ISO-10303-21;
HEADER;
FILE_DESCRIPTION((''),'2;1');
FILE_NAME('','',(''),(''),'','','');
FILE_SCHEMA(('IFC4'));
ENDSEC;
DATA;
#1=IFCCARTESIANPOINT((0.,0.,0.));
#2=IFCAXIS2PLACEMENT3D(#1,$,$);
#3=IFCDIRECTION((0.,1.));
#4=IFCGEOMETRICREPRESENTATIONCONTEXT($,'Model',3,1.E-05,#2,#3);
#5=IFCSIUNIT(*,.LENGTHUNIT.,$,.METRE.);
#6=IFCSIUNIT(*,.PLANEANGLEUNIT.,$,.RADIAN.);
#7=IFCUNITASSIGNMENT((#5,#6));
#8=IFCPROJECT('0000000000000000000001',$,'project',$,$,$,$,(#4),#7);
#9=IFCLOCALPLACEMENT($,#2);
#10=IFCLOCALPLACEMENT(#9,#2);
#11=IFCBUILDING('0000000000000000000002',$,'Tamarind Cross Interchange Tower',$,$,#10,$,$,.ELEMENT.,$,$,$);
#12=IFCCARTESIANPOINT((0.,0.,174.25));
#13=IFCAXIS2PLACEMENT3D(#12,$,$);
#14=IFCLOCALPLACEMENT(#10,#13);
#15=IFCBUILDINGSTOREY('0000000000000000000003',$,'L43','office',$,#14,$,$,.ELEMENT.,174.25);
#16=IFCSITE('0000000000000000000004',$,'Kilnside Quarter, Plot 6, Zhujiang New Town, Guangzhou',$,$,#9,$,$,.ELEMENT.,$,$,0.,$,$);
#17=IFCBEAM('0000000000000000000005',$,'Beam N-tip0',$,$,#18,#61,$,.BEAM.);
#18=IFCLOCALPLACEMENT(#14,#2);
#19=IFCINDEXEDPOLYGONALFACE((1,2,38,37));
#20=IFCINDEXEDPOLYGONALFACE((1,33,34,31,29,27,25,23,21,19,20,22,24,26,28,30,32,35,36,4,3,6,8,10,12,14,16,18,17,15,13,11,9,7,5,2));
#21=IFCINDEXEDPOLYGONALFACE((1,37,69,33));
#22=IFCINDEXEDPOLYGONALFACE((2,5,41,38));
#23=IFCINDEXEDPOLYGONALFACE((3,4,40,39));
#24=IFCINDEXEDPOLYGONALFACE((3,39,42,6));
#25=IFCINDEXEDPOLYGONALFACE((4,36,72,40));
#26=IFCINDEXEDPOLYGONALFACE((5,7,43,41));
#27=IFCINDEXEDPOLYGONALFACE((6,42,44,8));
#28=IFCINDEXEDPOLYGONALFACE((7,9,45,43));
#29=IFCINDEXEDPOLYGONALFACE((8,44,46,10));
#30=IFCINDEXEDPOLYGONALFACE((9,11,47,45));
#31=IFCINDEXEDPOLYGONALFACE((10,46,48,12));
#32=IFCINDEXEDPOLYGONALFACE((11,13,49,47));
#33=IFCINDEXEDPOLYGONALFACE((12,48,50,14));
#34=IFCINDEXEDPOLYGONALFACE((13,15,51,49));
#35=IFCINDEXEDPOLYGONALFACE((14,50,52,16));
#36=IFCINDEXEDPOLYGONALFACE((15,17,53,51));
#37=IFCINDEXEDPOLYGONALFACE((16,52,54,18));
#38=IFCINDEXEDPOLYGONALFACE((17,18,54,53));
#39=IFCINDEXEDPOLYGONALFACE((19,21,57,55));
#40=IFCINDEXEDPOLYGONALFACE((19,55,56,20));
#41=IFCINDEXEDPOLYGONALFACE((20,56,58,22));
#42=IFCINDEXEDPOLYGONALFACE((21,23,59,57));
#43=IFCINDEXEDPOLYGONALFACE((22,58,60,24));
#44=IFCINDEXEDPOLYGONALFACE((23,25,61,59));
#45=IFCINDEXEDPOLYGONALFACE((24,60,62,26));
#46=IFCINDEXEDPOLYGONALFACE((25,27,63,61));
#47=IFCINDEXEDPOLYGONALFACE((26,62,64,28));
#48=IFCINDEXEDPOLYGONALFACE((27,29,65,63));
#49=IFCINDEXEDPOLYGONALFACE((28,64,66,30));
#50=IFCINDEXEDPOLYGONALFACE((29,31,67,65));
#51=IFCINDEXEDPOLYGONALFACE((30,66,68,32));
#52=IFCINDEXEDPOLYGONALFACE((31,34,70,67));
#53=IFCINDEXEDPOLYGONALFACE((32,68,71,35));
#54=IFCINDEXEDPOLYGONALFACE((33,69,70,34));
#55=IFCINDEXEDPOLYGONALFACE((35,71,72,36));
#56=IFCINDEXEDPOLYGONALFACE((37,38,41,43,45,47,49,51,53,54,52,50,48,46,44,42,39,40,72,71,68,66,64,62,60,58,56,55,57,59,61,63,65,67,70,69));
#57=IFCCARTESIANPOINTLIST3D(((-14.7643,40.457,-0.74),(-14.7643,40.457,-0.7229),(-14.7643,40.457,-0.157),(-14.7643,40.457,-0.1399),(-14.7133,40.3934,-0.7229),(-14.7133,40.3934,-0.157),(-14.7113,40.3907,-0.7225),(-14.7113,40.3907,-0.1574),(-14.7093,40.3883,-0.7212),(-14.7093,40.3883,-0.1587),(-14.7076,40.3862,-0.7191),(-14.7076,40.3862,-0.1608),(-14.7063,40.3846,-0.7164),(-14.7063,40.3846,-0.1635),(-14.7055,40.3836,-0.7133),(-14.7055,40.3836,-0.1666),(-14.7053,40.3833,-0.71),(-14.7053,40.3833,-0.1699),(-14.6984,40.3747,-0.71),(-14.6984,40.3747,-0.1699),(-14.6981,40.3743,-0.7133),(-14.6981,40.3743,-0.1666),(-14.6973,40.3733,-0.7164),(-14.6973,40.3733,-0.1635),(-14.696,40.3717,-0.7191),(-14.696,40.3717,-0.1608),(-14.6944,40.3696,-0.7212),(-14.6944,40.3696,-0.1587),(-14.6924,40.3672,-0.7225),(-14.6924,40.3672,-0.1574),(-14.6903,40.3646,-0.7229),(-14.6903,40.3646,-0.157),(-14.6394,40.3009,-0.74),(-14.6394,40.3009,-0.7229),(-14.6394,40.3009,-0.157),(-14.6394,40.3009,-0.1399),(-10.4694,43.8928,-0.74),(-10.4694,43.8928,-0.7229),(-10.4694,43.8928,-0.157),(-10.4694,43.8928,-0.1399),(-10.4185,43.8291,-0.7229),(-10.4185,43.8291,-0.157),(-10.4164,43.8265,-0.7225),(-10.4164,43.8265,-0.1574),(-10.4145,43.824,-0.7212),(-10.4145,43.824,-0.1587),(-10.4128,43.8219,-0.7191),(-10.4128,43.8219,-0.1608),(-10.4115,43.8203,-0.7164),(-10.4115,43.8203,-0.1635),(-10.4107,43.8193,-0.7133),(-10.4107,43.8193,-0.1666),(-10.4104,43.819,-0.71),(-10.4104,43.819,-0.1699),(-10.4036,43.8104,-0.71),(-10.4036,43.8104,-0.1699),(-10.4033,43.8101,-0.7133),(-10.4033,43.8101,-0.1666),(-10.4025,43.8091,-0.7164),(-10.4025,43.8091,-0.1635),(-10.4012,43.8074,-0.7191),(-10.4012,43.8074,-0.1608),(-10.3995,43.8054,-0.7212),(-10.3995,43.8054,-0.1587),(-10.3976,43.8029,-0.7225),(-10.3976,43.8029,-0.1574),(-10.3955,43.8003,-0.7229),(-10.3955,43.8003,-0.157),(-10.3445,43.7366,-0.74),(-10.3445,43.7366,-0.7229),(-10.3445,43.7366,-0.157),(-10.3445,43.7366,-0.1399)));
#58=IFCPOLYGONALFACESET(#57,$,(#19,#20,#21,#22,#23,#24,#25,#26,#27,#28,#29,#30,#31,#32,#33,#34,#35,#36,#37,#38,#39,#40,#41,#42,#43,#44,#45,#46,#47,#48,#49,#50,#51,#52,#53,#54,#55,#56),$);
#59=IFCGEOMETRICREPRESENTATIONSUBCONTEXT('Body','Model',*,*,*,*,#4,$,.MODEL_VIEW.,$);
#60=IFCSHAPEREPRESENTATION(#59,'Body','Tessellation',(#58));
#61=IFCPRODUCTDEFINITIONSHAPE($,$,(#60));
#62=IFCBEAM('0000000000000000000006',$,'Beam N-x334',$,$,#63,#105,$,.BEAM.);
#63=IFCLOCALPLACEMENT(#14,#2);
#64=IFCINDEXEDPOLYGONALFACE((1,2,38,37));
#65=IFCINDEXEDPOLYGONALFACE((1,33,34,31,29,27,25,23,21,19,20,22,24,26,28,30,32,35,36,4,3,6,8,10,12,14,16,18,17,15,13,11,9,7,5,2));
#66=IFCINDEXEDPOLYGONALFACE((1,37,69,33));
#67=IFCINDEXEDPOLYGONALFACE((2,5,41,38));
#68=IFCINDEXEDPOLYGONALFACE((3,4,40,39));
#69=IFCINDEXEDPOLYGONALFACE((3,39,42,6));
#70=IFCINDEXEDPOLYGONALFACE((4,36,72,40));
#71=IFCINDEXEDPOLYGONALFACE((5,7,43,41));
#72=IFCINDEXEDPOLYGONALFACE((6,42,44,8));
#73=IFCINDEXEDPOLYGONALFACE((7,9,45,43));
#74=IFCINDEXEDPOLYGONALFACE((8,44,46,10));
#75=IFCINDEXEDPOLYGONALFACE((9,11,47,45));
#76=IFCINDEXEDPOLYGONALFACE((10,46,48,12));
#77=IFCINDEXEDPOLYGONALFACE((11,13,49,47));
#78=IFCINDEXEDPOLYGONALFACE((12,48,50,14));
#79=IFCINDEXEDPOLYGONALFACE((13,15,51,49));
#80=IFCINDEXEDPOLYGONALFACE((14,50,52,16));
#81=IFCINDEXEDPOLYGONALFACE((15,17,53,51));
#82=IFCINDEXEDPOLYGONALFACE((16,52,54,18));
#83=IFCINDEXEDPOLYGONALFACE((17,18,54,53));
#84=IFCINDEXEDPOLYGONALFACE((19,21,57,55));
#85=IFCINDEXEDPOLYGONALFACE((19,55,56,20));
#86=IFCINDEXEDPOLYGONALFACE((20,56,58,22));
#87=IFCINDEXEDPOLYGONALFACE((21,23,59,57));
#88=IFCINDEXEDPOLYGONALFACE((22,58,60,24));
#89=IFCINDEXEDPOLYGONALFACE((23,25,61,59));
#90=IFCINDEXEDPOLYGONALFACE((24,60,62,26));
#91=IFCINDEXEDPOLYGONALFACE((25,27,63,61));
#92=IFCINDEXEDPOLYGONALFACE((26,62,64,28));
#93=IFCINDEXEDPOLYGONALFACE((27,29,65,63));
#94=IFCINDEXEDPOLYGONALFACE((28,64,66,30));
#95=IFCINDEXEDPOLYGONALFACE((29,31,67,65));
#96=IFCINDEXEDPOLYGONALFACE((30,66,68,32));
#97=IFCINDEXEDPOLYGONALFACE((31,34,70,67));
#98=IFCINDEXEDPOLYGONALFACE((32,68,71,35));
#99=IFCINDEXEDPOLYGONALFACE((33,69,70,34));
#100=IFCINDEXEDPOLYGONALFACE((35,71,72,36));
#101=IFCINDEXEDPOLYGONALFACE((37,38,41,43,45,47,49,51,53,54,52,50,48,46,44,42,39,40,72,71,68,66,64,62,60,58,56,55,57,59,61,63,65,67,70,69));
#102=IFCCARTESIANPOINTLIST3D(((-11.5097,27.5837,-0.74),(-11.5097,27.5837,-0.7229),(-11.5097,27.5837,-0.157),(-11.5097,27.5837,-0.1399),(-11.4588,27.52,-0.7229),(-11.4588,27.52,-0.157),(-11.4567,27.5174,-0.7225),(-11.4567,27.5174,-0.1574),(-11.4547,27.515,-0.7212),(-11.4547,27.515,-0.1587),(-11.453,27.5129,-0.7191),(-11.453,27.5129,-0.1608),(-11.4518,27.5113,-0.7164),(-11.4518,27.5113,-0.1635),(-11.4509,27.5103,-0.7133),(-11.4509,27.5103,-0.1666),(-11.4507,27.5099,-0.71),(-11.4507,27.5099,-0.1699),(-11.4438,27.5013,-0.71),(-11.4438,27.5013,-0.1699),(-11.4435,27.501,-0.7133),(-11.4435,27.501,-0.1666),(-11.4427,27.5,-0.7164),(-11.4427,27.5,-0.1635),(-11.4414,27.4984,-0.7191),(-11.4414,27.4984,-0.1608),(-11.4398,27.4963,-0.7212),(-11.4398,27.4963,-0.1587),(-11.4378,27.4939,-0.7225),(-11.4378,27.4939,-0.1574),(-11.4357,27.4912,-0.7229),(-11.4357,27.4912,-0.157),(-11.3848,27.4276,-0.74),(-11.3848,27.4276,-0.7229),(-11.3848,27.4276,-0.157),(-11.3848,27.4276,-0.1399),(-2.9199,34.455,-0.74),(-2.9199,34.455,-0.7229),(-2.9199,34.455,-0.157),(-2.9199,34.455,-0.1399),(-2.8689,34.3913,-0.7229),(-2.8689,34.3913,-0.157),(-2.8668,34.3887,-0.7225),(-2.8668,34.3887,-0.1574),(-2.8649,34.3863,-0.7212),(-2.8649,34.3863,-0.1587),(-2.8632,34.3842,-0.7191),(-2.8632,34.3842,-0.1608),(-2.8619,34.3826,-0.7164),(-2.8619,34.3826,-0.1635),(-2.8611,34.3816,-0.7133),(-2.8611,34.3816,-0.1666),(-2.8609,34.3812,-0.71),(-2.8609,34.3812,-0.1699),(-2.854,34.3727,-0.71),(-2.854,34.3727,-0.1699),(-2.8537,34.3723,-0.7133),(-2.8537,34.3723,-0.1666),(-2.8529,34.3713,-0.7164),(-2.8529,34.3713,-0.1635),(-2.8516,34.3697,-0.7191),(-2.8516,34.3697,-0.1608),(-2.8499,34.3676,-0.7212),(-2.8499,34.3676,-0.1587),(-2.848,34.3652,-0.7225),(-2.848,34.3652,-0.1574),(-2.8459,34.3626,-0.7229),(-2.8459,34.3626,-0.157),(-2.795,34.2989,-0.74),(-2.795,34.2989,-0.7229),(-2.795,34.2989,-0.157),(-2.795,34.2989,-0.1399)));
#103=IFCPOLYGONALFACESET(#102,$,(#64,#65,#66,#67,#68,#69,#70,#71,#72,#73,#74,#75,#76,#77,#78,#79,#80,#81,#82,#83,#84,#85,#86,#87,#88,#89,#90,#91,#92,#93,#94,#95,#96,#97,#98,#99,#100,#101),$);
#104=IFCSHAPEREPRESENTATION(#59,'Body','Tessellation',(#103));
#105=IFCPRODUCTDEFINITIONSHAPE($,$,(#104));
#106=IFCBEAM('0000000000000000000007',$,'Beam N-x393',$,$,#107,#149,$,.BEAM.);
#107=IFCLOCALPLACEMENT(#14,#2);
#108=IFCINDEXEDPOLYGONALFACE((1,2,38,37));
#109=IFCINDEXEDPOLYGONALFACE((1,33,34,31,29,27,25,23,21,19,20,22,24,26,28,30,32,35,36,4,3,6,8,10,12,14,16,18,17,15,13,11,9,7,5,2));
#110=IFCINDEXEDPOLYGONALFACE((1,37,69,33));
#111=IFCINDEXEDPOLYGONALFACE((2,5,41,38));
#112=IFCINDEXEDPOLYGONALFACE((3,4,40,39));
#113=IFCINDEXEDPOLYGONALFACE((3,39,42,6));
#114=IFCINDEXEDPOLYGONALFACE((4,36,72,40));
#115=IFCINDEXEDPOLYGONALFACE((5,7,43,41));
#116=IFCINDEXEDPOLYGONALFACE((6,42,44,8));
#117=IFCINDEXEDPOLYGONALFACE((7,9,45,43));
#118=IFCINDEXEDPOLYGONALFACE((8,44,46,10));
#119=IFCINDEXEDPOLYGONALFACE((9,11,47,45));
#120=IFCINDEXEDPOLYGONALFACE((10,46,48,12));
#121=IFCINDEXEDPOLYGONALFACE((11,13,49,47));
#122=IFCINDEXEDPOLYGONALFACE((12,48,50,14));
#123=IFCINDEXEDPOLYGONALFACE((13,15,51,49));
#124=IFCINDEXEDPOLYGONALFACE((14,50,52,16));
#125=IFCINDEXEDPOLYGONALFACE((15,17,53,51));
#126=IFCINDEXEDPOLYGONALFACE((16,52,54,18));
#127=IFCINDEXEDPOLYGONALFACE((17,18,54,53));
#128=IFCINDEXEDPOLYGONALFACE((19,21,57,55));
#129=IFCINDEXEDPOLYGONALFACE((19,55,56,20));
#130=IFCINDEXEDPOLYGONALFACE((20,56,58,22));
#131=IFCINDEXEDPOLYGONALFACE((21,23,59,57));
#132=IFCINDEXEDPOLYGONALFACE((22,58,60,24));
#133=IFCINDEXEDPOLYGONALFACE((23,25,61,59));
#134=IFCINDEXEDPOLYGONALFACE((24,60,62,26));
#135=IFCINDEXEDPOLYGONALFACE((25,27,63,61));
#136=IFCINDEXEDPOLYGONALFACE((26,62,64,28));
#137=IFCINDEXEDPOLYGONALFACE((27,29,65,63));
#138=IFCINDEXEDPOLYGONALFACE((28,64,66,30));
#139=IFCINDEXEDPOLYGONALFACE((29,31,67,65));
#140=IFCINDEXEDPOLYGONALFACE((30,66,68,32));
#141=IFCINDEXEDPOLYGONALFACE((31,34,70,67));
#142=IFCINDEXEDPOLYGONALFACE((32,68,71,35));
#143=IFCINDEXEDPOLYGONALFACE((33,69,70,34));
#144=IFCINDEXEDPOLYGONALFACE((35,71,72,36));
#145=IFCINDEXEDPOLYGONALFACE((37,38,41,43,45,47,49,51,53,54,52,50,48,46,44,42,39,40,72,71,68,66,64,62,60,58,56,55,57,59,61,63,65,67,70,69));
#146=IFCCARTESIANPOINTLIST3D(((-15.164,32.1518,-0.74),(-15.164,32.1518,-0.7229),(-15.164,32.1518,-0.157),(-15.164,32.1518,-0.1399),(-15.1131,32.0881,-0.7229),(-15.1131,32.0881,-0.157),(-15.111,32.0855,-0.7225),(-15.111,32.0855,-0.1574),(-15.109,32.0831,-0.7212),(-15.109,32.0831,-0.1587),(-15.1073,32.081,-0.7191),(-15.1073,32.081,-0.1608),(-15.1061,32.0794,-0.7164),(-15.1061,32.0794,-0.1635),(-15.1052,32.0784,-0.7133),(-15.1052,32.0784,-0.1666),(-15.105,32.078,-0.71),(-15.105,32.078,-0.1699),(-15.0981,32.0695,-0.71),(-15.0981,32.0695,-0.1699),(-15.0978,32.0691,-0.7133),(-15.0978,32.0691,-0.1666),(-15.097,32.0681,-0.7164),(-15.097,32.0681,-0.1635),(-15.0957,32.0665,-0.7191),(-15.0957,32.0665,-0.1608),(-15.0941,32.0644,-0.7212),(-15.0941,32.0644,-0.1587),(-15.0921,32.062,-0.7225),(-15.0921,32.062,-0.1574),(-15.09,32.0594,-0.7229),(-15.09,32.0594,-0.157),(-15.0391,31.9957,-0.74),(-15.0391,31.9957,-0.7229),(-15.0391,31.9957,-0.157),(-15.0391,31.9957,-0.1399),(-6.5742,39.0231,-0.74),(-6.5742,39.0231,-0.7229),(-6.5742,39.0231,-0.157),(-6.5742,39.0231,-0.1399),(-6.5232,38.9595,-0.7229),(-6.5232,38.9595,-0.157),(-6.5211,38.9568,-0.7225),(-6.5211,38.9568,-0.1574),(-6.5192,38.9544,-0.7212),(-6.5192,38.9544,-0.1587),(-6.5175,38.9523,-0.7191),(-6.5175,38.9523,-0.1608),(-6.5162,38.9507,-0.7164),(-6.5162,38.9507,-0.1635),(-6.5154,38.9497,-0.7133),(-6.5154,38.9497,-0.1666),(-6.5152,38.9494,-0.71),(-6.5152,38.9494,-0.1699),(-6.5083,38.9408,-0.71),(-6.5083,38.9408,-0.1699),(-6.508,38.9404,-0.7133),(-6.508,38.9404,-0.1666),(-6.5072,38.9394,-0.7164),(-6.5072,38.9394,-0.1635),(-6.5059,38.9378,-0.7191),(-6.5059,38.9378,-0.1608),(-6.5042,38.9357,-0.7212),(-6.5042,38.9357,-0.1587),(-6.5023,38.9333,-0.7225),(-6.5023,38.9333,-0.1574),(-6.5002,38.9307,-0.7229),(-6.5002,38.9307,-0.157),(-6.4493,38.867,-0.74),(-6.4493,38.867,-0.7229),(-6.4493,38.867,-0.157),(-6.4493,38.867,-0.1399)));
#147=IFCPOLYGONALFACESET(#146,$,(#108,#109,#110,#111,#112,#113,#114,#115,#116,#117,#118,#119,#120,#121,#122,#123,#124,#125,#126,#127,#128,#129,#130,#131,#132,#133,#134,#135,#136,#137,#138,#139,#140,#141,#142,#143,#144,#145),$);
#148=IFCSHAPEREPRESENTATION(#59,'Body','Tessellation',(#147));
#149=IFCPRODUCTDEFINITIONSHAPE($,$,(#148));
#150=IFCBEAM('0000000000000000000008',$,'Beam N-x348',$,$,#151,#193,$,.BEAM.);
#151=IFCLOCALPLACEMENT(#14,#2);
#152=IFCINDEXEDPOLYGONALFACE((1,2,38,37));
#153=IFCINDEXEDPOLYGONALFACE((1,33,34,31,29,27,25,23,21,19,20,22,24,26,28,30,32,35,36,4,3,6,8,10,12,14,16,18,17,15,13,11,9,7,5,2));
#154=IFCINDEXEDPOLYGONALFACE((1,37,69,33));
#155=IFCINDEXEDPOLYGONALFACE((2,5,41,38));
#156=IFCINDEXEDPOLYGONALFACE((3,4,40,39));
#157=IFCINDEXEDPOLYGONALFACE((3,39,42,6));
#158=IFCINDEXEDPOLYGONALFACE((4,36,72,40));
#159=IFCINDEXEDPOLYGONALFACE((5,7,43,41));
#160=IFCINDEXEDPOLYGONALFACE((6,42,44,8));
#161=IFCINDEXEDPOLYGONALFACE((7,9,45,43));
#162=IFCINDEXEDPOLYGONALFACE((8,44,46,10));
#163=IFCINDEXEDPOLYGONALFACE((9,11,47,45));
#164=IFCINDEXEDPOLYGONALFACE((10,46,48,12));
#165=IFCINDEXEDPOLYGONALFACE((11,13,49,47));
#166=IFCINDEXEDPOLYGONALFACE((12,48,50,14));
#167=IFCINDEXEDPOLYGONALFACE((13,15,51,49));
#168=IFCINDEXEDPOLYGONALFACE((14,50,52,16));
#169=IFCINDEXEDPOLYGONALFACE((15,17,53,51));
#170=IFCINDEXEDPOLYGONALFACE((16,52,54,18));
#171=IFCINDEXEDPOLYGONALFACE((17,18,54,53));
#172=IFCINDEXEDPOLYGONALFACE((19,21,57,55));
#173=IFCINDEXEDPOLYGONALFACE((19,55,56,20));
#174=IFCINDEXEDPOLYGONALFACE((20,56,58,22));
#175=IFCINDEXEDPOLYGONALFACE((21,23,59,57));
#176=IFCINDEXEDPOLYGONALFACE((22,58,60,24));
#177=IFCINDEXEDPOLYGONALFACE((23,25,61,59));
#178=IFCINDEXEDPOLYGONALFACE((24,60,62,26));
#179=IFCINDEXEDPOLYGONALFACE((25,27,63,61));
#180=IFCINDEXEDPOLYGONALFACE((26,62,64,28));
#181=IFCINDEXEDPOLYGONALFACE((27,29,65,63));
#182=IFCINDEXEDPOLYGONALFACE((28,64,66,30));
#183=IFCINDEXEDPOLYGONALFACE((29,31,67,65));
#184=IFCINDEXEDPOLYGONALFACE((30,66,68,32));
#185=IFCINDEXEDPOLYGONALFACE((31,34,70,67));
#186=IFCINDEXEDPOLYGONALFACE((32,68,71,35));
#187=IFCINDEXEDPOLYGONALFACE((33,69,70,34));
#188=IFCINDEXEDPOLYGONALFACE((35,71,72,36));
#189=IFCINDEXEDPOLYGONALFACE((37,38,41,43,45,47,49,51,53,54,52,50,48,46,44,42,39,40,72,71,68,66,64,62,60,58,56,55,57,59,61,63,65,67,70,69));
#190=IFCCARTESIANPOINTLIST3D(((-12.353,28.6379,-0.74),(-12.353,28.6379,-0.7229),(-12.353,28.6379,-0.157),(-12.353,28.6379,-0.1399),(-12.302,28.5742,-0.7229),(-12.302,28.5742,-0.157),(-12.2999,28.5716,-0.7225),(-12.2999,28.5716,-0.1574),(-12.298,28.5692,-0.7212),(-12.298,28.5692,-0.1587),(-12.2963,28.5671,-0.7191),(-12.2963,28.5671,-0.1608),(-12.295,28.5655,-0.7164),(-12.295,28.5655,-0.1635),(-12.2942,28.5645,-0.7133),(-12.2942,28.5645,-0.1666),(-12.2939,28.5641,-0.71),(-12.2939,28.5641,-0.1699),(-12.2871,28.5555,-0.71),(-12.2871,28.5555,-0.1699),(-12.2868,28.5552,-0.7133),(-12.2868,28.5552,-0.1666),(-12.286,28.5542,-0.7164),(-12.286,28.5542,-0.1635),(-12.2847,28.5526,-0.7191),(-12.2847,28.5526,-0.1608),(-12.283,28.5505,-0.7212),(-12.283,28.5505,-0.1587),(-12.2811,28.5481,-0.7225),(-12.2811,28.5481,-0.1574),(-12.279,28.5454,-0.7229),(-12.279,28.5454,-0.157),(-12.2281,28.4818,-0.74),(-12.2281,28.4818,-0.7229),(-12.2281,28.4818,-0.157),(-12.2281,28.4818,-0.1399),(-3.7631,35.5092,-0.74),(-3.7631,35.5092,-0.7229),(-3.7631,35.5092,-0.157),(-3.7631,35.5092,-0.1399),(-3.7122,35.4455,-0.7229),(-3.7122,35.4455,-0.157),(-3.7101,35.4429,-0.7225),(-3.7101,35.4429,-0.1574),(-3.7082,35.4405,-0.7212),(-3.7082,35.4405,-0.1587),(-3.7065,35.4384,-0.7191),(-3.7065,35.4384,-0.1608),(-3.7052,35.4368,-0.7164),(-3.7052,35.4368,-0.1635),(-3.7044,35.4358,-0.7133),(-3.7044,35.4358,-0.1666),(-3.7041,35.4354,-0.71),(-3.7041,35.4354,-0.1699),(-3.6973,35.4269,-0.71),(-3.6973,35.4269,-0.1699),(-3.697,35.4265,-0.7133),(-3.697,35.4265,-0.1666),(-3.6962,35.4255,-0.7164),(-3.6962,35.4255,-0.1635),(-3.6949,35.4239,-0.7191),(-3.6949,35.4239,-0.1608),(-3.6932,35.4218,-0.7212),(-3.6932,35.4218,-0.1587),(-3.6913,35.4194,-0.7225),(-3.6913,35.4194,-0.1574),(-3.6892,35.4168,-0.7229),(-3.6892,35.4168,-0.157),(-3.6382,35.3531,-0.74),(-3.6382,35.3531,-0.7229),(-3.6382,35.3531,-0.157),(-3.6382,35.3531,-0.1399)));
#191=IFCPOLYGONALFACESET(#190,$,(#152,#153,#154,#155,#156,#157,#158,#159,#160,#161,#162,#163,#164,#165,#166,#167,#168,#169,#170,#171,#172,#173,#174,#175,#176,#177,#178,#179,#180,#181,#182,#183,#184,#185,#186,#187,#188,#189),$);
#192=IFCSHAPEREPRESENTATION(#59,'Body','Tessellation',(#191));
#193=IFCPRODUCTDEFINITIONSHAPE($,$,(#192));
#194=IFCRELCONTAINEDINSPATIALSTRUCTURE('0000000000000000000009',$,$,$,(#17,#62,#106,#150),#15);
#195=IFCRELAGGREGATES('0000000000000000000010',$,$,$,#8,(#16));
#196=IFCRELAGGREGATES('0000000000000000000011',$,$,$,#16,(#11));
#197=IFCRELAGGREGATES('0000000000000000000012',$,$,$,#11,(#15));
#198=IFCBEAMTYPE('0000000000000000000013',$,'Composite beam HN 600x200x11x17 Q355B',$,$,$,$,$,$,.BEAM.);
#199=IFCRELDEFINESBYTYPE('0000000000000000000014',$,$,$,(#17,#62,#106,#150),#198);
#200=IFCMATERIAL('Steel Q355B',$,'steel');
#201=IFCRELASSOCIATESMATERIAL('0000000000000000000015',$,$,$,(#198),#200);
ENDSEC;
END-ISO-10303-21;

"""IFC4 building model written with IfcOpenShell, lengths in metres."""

from ifc_helpers import new_model, si_unit, direction, frame, origin, origin_2d, place, context, subcontext, project, spatial, i_section, extrude, material, material_profile, profile_set, type_object, element, save


model = new_model("IFC4")

# Units and contexts
model_context = context("Model", 3, precision=1e-05, world=origin(), true_north=direction((0.0, 1.0)))
body_context = subcontext(model_context, "Body", "Model", "MODEL_VIEW")
ifc_project = project(units=[si_unit("LENGTHUNIT", "METRE"), si_unit("PLANEANGLEUNIT", "RADIAN")], contexts=[model_context])

# Site, building, storey
site_placement = place(None, origin())
site = spatial("IfcSite", under=ifc_project, at=site_placement, Name="Kilnside Quarter, Plot 6, Zhujiang New Town, Guangzhou", CompositionType="ELEMENT", RefElevation=0.0)
building_placement = place(site_placement, origin())
building = spatial("IfcBuilding", under=site, at=building_placement, Name="Tamarind Cross Interchange Tower", CompositionType="ELEMENT")
storey_placement = place(building_placement, frame((0.0, 0.0, 174.25)))
storey = spatial("IfcBuildingStorey", under=building, at=storey_placement, Name="L43", Description="office", CompositionType="ELEMENT", Elevation=174.25)

# Beams
ifc_material_1 = material(Name="Steel Q355B", Category="steel")
ifc_material_profile_1 = material_profile(ifc_material_1, i_section(OverallWidth=0.2, OverallDepth=0.6001, WebThickness=0.011, FlangeThickness=0.0171, FilletRadius=0.0129, at=origin_2d()), Name="HN 600x200x11x17")
ifc_profile_set_1 = profile_set([ifc_material_profile_1], Name="Steel Q355B")
beam_type_1 = type_object("IfcBeamType", Name="Composite beam HN 600x200x11x17 Q355B", PredefinedType="BEAM", material=ifc_profile_set_1)
beam_1_placement = place(storey_placement, frame((-10.407, 43.8147, -0.4399), z_axis=(-0.780882, -0.624679, 0.0), x_axis=(0.624679, -0.780882, 0.0)))
element("IfcBeam", 1, at=beam_1_placement, inside=storey, type_object=beam_type_1, Name="Beam N-tip0", PredefinedType="BEAM", context=body_context, shape_type="SweptSolid", body=[
    extrude(i_section(OverallWidth=0.2, OverallDepth=0.6001, WebThickness=0.011, FlangeThickness=0.0171, FilletRadius=0.0129, at=origin_2d()), origin(), (0.0, 0.0, 1.0), 5.5),
])
for number, where, z_axis, x_axis, name in (
    (2, (-2.8574, 34.377, -0.4399), (-0.780893, -0.624665, 0.0), (0.624665, -0.780893, 0.0), "Beam N-x334"),
    (3, (-6.5117, 38.9451, -0.4399), (-0.780893, -0.624665, 0.0), (0.624665, -0.780893, 0.0), "Beam N-x393"),
    (4, (-3.7007, 35.4312, -0.4399), (-0.780893, -0.624665, 0.0), (0.624665, -0.780893, 0.0), "Beam N-x348"),
):
    element("IfcBeam", number, at=place(storey_placement, frame(where, z_axis=z_axis, x_axis=x_axis)), inside=storey, type_object=beam_type_1, Name=name, PredefinedType="BEAM", context=body_context, shape_type="SweptSolid", body=[
        extrude(i_section(OverallWidth=0.2, OverallDepth=0.6001, WebThickness=0.011, FlangeThickness=0.0171, FilletRadius=0.0129, at=origin_2d()), origin(), (0.0, 0.0, 1.0), 11.0),
    ])

save(model, "model.ifc")
